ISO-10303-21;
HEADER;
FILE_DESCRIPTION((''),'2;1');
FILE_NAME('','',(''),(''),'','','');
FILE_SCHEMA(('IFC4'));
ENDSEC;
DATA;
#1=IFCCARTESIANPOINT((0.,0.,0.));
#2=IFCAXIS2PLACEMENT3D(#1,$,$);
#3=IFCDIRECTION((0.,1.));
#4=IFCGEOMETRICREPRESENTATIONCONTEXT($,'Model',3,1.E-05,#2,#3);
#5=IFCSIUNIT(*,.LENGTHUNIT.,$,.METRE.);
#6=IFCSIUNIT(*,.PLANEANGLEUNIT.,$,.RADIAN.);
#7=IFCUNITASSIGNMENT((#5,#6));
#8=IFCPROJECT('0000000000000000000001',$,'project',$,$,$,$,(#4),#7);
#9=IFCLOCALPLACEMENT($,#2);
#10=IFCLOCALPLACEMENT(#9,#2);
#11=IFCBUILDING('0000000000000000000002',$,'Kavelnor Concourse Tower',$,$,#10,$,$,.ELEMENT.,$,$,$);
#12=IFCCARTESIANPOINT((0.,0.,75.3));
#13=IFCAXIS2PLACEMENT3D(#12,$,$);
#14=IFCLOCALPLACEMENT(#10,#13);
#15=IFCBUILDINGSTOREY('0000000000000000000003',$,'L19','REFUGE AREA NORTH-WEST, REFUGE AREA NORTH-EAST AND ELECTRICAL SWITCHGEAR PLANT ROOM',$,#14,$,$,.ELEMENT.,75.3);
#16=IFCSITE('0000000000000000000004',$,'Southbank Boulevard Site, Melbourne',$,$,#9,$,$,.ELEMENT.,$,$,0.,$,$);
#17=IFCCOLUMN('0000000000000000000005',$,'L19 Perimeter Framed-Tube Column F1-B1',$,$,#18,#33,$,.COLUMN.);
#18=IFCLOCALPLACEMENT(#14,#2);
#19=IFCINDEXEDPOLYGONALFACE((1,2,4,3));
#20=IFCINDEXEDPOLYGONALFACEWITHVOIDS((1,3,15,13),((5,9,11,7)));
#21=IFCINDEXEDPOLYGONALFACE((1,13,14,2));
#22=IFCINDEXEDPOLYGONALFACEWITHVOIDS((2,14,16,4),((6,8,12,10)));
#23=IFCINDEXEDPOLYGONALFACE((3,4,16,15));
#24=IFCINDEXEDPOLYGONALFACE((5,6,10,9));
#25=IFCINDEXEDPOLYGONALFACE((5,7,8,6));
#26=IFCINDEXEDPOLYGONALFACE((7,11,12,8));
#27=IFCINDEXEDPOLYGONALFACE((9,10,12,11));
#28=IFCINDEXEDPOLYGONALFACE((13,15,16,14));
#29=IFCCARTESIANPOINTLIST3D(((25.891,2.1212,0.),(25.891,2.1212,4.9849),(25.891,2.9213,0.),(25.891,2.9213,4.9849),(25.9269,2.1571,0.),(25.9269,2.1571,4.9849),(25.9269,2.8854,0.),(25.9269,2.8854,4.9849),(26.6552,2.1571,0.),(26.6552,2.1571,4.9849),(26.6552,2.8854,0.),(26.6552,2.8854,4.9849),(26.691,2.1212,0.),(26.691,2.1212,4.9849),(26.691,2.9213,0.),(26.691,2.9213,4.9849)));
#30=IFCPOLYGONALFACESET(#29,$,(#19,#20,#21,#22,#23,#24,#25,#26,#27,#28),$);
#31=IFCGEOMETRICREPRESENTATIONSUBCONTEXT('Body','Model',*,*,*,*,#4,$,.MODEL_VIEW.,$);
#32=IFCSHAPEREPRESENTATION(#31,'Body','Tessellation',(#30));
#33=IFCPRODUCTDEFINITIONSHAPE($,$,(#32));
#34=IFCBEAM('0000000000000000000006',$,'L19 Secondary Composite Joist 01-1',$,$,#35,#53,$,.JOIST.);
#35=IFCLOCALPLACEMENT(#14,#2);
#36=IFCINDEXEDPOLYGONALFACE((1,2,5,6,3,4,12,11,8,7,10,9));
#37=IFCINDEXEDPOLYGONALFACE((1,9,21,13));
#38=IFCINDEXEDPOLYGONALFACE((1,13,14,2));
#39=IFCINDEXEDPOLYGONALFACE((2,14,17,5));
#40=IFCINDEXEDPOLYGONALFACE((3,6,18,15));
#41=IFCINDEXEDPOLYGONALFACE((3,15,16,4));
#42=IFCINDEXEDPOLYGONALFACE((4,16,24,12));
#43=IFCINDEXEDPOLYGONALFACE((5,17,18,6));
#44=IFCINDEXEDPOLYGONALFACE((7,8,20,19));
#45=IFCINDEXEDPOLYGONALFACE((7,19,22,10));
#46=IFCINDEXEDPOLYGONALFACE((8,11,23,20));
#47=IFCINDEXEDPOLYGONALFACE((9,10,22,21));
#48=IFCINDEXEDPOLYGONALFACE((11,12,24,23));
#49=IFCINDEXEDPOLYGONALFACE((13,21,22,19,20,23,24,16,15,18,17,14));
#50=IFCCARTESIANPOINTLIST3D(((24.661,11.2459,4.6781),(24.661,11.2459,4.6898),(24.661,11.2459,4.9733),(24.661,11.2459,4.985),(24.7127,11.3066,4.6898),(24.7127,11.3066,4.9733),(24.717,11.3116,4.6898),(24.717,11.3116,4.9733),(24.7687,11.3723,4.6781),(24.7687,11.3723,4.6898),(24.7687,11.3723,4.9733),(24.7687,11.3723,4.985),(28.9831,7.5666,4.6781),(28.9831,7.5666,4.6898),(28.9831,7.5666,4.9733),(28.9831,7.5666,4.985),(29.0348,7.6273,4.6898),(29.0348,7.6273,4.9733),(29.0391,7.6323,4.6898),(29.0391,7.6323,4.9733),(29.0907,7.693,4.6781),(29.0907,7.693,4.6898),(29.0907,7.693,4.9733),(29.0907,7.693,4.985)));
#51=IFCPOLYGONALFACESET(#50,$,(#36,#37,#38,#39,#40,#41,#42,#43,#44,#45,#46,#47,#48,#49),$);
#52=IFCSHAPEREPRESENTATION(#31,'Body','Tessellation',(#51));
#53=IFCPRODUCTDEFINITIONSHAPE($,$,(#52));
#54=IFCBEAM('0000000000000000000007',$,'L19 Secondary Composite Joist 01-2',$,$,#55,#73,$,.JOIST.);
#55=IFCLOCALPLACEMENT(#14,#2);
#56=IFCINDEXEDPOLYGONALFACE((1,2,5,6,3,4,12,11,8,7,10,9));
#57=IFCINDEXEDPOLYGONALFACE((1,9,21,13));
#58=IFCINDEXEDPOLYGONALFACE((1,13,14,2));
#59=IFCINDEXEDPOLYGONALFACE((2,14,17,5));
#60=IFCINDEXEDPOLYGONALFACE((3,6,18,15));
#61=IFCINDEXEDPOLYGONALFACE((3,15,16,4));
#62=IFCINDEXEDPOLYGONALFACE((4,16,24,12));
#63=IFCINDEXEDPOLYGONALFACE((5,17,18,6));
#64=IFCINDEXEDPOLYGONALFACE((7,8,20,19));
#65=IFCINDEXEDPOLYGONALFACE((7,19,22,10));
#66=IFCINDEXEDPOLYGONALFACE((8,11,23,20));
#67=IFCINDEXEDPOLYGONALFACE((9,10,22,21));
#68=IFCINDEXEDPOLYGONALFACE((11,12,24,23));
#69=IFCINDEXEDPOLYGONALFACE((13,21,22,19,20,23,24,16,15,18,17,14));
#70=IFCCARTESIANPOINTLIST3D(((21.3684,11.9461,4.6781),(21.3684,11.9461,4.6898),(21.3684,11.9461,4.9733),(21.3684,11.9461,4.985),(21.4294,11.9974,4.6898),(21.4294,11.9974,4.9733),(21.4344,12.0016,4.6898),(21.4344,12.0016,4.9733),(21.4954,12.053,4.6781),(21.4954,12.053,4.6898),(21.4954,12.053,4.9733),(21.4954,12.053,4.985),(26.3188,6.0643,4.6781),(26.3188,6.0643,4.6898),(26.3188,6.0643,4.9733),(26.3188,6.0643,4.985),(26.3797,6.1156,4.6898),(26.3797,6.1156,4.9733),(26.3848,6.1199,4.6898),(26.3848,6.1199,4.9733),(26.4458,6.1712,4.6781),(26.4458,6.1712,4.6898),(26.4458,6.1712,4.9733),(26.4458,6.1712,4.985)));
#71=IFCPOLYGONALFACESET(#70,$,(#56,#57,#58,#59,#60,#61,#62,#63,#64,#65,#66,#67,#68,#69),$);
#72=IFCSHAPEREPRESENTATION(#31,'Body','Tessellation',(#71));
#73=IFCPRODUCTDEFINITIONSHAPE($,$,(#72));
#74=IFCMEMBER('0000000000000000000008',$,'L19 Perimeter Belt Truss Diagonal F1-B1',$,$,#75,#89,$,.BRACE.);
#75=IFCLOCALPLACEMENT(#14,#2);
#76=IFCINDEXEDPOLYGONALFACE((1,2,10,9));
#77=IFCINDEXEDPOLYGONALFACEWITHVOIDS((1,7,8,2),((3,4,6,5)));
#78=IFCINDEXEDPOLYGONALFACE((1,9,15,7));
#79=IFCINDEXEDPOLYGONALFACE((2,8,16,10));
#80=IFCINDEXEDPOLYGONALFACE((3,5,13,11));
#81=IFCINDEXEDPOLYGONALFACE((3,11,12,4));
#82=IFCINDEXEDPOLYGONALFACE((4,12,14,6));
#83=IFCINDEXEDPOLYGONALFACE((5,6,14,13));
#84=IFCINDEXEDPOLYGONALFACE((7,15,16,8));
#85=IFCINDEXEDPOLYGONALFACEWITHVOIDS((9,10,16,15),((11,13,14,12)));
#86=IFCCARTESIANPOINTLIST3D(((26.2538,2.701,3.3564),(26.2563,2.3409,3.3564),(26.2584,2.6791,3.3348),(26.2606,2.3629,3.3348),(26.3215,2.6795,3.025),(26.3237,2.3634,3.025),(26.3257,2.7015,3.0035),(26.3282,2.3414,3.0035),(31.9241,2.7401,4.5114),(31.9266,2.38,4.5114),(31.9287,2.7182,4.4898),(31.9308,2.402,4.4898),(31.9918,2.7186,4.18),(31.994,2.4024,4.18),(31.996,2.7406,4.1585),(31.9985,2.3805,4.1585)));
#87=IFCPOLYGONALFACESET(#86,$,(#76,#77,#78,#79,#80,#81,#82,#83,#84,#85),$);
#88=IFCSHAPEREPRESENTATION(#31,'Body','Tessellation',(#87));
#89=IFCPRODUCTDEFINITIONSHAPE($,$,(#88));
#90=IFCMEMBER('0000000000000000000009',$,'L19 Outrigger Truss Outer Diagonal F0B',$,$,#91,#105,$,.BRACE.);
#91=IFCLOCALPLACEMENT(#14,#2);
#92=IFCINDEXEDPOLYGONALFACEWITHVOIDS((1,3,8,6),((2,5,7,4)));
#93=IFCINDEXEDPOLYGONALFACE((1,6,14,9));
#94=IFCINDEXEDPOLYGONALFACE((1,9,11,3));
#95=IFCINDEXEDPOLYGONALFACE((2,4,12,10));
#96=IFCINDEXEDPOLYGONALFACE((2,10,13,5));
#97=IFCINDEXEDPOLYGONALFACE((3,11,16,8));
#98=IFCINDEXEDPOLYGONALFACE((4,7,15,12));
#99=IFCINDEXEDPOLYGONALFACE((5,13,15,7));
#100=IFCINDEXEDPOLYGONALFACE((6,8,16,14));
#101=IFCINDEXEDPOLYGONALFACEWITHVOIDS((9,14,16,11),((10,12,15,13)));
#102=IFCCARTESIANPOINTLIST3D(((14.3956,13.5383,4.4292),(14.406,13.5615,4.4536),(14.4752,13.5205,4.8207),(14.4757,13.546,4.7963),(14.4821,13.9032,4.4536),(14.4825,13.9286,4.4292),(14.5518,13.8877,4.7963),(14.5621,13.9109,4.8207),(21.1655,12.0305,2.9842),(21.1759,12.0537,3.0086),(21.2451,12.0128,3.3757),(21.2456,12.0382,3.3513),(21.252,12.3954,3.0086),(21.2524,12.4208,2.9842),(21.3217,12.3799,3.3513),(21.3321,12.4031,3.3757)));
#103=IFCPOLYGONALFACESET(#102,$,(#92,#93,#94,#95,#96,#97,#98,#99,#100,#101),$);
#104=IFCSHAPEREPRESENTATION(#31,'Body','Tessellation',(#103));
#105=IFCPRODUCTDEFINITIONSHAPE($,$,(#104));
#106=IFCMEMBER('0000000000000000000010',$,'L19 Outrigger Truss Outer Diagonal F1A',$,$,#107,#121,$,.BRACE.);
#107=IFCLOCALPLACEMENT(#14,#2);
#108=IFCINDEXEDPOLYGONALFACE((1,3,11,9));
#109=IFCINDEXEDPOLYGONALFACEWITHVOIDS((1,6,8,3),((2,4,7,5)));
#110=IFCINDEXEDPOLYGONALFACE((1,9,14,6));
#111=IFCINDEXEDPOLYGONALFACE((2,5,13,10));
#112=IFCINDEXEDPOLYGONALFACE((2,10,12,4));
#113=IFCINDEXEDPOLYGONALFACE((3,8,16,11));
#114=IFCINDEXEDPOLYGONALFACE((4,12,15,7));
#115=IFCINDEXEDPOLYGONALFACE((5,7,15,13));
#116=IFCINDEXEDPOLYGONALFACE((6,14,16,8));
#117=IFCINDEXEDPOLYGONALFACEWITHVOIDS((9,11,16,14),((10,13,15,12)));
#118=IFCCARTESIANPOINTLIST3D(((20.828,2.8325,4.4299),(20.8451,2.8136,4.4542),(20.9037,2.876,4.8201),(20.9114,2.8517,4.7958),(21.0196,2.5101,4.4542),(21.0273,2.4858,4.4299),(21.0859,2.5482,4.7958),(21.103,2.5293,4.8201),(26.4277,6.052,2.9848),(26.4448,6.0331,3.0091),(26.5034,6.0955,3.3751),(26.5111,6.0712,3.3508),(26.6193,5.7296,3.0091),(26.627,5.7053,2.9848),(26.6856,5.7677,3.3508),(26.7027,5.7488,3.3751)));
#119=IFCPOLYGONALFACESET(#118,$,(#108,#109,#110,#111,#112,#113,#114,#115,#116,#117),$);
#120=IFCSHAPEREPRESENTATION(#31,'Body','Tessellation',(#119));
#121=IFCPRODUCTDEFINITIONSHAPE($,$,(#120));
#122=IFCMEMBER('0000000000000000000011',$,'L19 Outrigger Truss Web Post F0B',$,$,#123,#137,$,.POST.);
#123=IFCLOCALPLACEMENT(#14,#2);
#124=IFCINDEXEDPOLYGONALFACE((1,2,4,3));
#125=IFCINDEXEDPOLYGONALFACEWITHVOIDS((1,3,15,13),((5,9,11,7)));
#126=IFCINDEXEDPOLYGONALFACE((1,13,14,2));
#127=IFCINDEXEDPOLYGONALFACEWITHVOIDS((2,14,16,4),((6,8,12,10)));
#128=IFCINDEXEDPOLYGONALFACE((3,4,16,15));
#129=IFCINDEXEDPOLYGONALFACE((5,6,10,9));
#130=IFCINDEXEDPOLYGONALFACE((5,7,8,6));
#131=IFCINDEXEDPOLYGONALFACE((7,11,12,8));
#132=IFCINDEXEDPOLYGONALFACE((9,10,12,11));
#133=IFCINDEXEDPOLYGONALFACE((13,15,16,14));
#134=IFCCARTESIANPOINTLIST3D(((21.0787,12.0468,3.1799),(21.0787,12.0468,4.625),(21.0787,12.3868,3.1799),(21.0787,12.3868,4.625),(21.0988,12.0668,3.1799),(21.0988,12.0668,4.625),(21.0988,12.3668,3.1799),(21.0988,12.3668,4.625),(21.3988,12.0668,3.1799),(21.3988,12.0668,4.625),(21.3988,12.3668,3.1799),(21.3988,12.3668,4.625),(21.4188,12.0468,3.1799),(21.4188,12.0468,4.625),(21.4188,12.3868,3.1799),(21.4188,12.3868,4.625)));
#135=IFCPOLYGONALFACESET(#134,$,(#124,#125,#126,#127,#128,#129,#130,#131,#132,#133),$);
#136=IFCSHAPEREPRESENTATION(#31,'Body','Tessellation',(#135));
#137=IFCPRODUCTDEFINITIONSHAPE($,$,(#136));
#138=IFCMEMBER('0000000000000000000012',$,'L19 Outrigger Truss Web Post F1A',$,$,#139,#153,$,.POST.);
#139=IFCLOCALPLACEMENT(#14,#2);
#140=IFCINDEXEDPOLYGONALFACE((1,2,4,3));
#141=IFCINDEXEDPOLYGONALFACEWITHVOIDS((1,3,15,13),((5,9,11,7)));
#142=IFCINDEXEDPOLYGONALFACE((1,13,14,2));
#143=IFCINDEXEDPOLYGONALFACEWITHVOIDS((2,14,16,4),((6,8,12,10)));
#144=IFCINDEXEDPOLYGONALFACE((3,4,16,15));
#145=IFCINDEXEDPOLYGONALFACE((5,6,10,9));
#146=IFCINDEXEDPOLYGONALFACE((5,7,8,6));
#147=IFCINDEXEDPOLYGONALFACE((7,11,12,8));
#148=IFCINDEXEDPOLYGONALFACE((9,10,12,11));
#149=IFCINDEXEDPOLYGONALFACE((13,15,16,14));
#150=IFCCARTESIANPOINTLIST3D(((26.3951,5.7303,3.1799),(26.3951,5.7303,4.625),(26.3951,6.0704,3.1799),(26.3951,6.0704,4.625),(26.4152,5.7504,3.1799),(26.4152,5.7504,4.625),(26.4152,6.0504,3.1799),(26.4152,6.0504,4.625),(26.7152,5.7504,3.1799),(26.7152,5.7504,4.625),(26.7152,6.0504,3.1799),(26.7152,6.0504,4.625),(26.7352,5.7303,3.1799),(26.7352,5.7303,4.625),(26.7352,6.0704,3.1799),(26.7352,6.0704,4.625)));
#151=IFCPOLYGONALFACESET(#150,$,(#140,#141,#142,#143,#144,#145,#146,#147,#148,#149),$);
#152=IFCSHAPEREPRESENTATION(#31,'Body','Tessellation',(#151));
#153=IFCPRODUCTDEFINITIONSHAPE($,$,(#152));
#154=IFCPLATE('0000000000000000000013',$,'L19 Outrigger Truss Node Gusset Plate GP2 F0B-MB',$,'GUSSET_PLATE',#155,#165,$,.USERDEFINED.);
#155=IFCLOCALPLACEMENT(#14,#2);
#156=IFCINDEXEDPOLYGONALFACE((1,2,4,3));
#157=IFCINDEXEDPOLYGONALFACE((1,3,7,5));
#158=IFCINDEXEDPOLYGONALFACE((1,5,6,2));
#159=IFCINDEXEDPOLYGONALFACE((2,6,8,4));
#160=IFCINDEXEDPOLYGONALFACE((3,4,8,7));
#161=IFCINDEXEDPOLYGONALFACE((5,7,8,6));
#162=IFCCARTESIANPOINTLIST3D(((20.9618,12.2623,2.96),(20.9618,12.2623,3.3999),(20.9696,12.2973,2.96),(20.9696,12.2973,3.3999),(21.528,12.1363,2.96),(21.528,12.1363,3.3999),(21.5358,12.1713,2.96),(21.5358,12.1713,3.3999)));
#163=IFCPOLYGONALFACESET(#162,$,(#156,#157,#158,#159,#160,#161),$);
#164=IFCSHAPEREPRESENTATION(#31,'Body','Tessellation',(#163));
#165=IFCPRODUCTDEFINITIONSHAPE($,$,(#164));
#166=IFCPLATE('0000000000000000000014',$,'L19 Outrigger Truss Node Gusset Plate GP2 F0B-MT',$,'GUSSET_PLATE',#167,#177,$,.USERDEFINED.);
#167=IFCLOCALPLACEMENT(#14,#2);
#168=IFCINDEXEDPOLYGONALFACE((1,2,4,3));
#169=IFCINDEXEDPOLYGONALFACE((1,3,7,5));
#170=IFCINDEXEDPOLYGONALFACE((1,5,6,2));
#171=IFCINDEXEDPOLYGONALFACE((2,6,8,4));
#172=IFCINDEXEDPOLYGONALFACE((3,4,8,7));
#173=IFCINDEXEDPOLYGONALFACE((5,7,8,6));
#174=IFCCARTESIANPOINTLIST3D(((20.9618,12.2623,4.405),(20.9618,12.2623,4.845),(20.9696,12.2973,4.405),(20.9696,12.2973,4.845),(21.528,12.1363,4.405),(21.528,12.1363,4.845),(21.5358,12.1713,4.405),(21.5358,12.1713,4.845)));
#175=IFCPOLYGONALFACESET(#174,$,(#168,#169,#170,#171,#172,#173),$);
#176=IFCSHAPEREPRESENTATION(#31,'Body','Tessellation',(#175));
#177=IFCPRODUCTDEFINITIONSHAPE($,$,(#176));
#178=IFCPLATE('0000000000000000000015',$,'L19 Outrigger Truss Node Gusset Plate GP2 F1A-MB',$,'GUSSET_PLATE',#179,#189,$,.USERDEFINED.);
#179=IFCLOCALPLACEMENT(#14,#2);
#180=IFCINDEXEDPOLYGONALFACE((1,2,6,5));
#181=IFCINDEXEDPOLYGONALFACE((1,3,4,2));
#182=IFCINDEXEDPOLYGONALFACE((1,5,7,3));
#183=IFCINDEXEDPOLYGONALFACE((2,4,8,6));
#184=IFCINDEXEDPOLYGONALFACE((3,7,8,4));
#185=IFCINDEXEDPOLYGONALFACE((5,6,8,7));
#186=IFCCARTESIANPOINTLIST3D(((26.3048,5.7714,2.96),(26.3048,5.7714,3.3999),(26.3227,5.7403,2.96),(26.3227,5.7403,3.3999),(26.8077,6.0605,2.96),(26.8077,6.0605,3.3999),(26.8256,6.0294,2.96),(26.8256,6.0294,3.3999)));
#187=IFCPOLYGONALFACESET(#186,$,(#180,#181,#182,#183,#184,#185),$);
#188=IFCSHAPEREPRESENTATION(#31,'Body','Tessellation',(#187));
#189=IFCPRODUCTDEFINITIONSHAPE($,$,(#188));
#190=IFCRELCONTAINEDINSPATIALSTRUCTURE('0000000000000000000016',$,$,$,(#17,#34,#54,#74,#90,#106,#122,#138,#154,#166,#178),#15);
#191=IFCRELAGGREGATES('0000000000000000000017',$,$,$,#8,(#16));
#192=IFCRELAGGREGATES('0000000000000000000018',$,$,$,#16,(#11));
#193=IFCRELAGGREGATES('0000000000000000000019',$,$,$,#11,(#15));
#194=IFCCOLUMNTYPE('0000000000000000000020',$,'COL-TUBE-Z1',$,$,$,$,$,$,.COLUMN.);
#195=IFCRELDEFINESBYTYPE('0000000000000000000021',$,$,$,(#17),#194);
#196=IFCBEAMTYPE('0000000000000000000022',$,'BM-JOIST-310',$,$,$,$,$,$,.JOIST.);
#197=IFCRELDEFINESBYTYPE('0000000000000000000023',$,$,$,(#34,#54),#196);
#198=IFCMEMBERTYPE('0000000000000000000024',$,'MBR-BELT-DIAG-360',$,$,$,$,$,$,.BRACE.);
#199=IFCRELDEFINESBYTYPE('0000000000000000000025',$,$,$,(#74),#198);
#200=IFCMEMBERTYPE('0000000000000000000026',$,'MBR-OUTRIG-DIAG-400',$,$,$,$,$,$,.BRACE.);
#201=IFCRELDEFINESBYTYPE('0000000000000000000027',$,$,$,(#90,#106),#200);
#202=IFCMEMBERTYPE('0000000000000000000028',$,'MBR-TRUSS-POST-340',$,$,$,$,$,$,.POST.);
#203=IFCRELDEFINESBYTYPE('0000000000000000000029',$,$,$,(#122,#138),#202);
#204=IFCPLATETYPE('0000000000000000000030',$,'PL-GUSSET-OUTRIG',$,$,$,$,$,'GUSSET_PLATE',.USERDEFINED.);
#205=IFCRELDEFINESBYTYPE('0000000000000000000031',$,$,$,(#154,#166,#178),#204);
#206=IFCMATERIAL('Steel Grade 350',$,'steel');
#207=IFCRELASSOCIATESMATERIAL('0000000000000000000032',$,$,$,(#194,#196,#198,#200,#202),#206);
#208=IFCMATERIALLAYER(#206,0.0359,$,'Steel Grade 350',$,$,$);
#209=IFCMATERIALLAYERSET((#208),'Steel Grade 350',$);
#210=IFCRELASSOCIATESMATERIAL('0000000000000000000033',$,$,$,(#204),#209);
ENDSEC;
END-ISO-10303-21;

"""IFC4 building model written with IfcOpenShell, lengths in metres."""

from ifc_helpers import new_model, si_unit, direction, frame, origin, origin_2d, place, context, subcontext, project, spatial, rectangle, hollow_rectangle, i_section, extrude, material, layer, layer_set, material_profile, profile_set, type_object, element, save


model = new_model("IFC4")

# Units and contexts
model_context = context("Model", 3, precision=1e-05, world=origin(), true_north=direction((0.0, 1.0)))
body_context = subcontext(model_context, "Body", "Model", "MODEL_VIEW")
ifc_project = project(units=[si_unit("LENGTHUNIT", "METRE"), si_unit("PLANEANGLEUNIT", "RADIAN")], contexts=[model_context])

# Site, building, storey
site_placement = place(None, origin())
site = spatial("IfcSite", under=ifc_project, at=site_placement, Name="Southbank Boulevard Site, Melbourne", CompositionType="ELEMENT", RefElevation=0.0)
building_placement = place(site_placement, origin())
building = spatial("IfcBuilding", under=site, at=building_placement, Name="Kavelnor Concourse Tower", CompositionType="ELEMENT")
storey_placement = place(building_placement, frame((0.0, 0.0, 75.3)))
storey = spatial("IfcBuildingStorey", under=building, at=storey_placement, Name="L19", Description="REFUGE AREA NORTH-WEST, REFUGE AREA NORTH-EAST AND ELECTRICAL SWITCHGEAR PLANT ROOM", CompositionType="ELEMENT", Elevation=75.3)

# Column
ifc_material_1 = material(Name="Steel Grade 350", Category="steel")
ifc_material_profile_1 = material_profile(ifc_material_1, hollow_rectangle(XDim=0.8, YDim=0.8, WallThickness=0.0359, at=origin_2d()), Name="SHS 800x800x36")
ifc_profile_set_1 = profile_set([ifc_material_profile_1], Name="Steel Grade 350")
column_type = type_object("IfcColumnType", Name="COL-TUBE-Z1", PredefinedType="COLUMN", material=ifc_profile_set_1)
column_placement = place(storey_placement, frame((26.291, 2.5212, 0.0), z_axis=(0.0, 0.0, 1.0), x_axis=(1.0, 0.0, 0.0)))
element("IfcColumn", 1, at=column_placement, inside=storey, type_object=column_type, Name="L19 Perimeter Framed-Tube Column F1-B1", PredefinedType="COLUMN", context=body_context, shape_type="SweptSolid", body=[
    extrude(hollow_rectangle(XDim=0.8, YDim=0.8, WallThickness=0.0359, at=origin_2d()), origin(), (0.0, 0.0, 1.0), 4.9849),
])

# Beams
ifc_material_profile_2 = material_profile(ifc_material_1, i_section(OverallWidth=0.166, OverallDepth=0.3069, WebThickness=0.0066, FlangeThickness=0.0117, at=origin_2d()), Name="310UB46")
ifc_profile_set_2 = profile_set([ifc_material_profile_2], Name="Steel Grade 350")
beam_type = type_object("IfcBeamType", Name="BM-JOIST-310", PredefinedType="JOIST", material=ifc_profile_set_2)
beam_1_placement = place(storey_placement, frame((24.7148, 11.3091, 4.8315), z_axis=(0.761463, -0.648209, 0.0), x_axis=(0.648209, 0.761463, 0.0)))
element("IfcBeam", 2, at=beam_1_placement, inside=storey, type_object=beam_type, Name="L19 Secondary Composite Joist 01-1", PredefinedType="JOIST", context=body_context, shape_type="SweptSolid", body=[
    extrude(i_section(OverallWidth=0.166, OverallDepth=0.3069, WebThickness=0.0066, FlangeThickness=0.0117, at=origin_2d()), origin(), (0.0, 0.0, 1.0), 5.676),
])
beam_2_placement = place(storey_placement, frame((21.4319, 11.9995, 4.8315), z_axis=(0.643931, -0.765083, 0.0), x_axis=(0.765083, 0.643931, 0.0)))
element("IfcBeam", 3, at=beam_2_placement, inside=storey, type_object=beam_type, Name="L19 Secondary Composite Joist 01-2", PredefinedType="JOIST", context=body_context, shape_type="SweptSolid", body=[
    extrude(i_section(OverallWidth=0.166, OverallDepth=0.3069, WebThickness=0.0066, FlangeThickness=0.0117, at=origin_2d()), origin(), (0.0, 0.0, 1.0), 7.6877),
])

# Members
ifc_material_profile_3 = material_profile(ifc_material_1, hollow_rectangle(XDim=0.3601, YDim=0.3601, WallThickness=0.022, at=origin_2d()), Name="SHS 360x360x22")
ifc_profile_set_3 = profile_set([ifc_material_profile_3], Name="Steel Grade 350")
member_type_1 = type_object("IfcMemberType", Name="MBR-BELT-DIAG-360", PredefinedType="BRACE", material=ifc_profile_set_3)
member_1_placement = place(storey_placement, frame((26.291, 2.5212, 3.1799), z_axis=(0.979856, 0.00675, 0.199591), x_axis=(-0.006889, 0.999976, 0.0)))
element("IfcMember", 4, at=member_1_placement, inside=storey, type_object=member_type_1, Name="L19 Perimeter Belt Truss Diagonal F1-B1", PredefinedType="BRACE", context=body_context, shape_type="SweptSolid", body=[
    extrude(hollow_rectangle(XDim=0.3601, YDim=0.3601, WallThickness=0.022, at=origin_2d()), origin(), (0.0, 0.0, 1.0), 5.7869),
])
ifc_material_profile_4 = material_profile(ifc_material_1, hollow_rectangle(XDim=0.3999, YDim=0.3999, WallThickness=0.0249, at=origin_2d()), Name="SHS 400x400x25")
ifc_profile_set_4 = profile_set([ifc_material_profile_4], Name="Steel Grade 350")
member_type_2 = type_object("IfcMemberType", Name="MBR-OUTRIG-DIAG-400", PredefinedType="BRACE", material=ifc_profile_set_4)
member_2_placement = place(storey_placement, frame((21.2488, 12.2168, 3.1799), z_axis=(-0.955565, 0.212823, 0.203966), x_axis=(-0.217393, -0.976084, 0.0)))
element("IfcMember", 5, at=member_2_placement, inside=storey, type_object=member_type_2, Name="L19 Outrigger Truss Outer Diagonal F0B", PredefinedType="BRACE", context=body_context, shape_type="SweptSolid", body=[
    extrude(hollow_rectangle(XDim=0.3999, YDim=0.3999, WallThickness=0.0249, at=origin_2d()), origin(), (0.0, 0.0, 1.0), 7.0847),
])
member_3_placement = place(storey_placement, frame((26.5652, 5.9004, 3.1799), z_axis=(-0.846012, -0.486413, 0.218327), x_axis=(0.498437, -0.866926, 0.0)))
element("IfcMember", 6, at=member_3_placement, inside=storey, type_object=member_type_2, Name="L19 Outrigger Truss Outer Diagonal F1A", PredefinedType="BRACE", context=body_context, shape_type="SweptSolid", body=[
    extrude(hollow_rectangle(XDim=0.3999, YDim=0.3999, WallThickness=0.0249, at=origin_2d()), origin(), (0.0, 0.0, 1.0), 6.6189),
])
ifc_material_profile_5 = material_profile(ifc_material_1, hollow_rectangle(XDim=0.3401, YDim=0.3401, WallThickness=0.02, at=origin_2d()), Name="SHS 340x340x20")
ifc_profile_set_5 = profile_set([ifc_material_profile_5], Name="Steel Grade 350")
member_type_3 = type_object("IfcMemberType", Name="MBR-TRUSS-POST-340", PredefinedType="POST", material=ifc_profile_set_5)
for number, where, z_axis, x_axis, name in (
    (7, (21.2488, 12.2168, 3.1799), (0.0, 0.0, 1.0), (1.0, 0.0, 0.0), "L19 Outrigger Truss Web Post F0B"),
    (8, (26.5652, 5.9004, 3.1799), (0.0, 0.0, 1.0), (1.0, 0.0, 0.0), "L19 Outrigger Truss Web Post F1A"),
):
    element("IfcMember", number, at=place(storey_placement, frame(where, z_axis=z_axis, x_axis=x_axis)), inside=storey, type_object=member_type_3, Name=name, PredefinedType="POST", context=body_context, shape_type="SweptSolid", body=[
        extrude(hollow_rectangle(XDim=0.3401, YDim=0.3401, WallThickness=0.02, at=origin_2d()), origin(), (0.0, 0.0, 1.0), 1.4451),
    ])

# Plates
ifc_layer_1 = layer(ifc_material_1, 0.0359, Name="Steel Grade 350")
ifc_layer_set_1 = layer_set([ifc_layer_1], Name="Steel Grade 350")
plate_type = type_object("IfcPlateType", Name="PL-GUSSET-OUTRIG", ElementType="GUSSET_PLATE", PredefinedType="USERDEFINED", material=ifc_layer_set_1)
for number, where, z_axis, x_axis, name in (
    (9, (21.2488, 12.2168, 2.96), (0.0, 0.0, 1.0), (-0.976107, 0.217292, 0.0), "L19 Outrigger Truss Node Gusset Plate GP2 F0B-MB"),
    (10, (21.2488, 12.2168, 4.405), (0.0, 0.0, 1.0), (-0.976107, 0.217292, 0.0), "L19 Outrigger Truss Node Gusset Plate GP2 F0B-MT"),
    (11, (26.5652, 5.9004, 2.96), (0.0, 0.0, 1.0), (-0.866897, -0.498488, 0.0), "L19 Outrigger Truss Node Gusset Plate GP2 F1A-MB"),
):
    element("IfcPlate", number, at=place(storey_placement, frame(where, z_axis=z_axis, x_axis=x_axis)), inside=storey, type_object=plate_type, Name=name, ObjectType="GUSSET_PLATE", PredefinedType="USERDEFINED", context=body_context, shape_type="SweptSolid", body=[
        extrude(rectangle(XDim=0.5801, YDim=0.0359, at=origin_2d()), origin(), (0.0, 0.0, 1.0), 0.4399),
    ])

save(model, "model.ifc")
